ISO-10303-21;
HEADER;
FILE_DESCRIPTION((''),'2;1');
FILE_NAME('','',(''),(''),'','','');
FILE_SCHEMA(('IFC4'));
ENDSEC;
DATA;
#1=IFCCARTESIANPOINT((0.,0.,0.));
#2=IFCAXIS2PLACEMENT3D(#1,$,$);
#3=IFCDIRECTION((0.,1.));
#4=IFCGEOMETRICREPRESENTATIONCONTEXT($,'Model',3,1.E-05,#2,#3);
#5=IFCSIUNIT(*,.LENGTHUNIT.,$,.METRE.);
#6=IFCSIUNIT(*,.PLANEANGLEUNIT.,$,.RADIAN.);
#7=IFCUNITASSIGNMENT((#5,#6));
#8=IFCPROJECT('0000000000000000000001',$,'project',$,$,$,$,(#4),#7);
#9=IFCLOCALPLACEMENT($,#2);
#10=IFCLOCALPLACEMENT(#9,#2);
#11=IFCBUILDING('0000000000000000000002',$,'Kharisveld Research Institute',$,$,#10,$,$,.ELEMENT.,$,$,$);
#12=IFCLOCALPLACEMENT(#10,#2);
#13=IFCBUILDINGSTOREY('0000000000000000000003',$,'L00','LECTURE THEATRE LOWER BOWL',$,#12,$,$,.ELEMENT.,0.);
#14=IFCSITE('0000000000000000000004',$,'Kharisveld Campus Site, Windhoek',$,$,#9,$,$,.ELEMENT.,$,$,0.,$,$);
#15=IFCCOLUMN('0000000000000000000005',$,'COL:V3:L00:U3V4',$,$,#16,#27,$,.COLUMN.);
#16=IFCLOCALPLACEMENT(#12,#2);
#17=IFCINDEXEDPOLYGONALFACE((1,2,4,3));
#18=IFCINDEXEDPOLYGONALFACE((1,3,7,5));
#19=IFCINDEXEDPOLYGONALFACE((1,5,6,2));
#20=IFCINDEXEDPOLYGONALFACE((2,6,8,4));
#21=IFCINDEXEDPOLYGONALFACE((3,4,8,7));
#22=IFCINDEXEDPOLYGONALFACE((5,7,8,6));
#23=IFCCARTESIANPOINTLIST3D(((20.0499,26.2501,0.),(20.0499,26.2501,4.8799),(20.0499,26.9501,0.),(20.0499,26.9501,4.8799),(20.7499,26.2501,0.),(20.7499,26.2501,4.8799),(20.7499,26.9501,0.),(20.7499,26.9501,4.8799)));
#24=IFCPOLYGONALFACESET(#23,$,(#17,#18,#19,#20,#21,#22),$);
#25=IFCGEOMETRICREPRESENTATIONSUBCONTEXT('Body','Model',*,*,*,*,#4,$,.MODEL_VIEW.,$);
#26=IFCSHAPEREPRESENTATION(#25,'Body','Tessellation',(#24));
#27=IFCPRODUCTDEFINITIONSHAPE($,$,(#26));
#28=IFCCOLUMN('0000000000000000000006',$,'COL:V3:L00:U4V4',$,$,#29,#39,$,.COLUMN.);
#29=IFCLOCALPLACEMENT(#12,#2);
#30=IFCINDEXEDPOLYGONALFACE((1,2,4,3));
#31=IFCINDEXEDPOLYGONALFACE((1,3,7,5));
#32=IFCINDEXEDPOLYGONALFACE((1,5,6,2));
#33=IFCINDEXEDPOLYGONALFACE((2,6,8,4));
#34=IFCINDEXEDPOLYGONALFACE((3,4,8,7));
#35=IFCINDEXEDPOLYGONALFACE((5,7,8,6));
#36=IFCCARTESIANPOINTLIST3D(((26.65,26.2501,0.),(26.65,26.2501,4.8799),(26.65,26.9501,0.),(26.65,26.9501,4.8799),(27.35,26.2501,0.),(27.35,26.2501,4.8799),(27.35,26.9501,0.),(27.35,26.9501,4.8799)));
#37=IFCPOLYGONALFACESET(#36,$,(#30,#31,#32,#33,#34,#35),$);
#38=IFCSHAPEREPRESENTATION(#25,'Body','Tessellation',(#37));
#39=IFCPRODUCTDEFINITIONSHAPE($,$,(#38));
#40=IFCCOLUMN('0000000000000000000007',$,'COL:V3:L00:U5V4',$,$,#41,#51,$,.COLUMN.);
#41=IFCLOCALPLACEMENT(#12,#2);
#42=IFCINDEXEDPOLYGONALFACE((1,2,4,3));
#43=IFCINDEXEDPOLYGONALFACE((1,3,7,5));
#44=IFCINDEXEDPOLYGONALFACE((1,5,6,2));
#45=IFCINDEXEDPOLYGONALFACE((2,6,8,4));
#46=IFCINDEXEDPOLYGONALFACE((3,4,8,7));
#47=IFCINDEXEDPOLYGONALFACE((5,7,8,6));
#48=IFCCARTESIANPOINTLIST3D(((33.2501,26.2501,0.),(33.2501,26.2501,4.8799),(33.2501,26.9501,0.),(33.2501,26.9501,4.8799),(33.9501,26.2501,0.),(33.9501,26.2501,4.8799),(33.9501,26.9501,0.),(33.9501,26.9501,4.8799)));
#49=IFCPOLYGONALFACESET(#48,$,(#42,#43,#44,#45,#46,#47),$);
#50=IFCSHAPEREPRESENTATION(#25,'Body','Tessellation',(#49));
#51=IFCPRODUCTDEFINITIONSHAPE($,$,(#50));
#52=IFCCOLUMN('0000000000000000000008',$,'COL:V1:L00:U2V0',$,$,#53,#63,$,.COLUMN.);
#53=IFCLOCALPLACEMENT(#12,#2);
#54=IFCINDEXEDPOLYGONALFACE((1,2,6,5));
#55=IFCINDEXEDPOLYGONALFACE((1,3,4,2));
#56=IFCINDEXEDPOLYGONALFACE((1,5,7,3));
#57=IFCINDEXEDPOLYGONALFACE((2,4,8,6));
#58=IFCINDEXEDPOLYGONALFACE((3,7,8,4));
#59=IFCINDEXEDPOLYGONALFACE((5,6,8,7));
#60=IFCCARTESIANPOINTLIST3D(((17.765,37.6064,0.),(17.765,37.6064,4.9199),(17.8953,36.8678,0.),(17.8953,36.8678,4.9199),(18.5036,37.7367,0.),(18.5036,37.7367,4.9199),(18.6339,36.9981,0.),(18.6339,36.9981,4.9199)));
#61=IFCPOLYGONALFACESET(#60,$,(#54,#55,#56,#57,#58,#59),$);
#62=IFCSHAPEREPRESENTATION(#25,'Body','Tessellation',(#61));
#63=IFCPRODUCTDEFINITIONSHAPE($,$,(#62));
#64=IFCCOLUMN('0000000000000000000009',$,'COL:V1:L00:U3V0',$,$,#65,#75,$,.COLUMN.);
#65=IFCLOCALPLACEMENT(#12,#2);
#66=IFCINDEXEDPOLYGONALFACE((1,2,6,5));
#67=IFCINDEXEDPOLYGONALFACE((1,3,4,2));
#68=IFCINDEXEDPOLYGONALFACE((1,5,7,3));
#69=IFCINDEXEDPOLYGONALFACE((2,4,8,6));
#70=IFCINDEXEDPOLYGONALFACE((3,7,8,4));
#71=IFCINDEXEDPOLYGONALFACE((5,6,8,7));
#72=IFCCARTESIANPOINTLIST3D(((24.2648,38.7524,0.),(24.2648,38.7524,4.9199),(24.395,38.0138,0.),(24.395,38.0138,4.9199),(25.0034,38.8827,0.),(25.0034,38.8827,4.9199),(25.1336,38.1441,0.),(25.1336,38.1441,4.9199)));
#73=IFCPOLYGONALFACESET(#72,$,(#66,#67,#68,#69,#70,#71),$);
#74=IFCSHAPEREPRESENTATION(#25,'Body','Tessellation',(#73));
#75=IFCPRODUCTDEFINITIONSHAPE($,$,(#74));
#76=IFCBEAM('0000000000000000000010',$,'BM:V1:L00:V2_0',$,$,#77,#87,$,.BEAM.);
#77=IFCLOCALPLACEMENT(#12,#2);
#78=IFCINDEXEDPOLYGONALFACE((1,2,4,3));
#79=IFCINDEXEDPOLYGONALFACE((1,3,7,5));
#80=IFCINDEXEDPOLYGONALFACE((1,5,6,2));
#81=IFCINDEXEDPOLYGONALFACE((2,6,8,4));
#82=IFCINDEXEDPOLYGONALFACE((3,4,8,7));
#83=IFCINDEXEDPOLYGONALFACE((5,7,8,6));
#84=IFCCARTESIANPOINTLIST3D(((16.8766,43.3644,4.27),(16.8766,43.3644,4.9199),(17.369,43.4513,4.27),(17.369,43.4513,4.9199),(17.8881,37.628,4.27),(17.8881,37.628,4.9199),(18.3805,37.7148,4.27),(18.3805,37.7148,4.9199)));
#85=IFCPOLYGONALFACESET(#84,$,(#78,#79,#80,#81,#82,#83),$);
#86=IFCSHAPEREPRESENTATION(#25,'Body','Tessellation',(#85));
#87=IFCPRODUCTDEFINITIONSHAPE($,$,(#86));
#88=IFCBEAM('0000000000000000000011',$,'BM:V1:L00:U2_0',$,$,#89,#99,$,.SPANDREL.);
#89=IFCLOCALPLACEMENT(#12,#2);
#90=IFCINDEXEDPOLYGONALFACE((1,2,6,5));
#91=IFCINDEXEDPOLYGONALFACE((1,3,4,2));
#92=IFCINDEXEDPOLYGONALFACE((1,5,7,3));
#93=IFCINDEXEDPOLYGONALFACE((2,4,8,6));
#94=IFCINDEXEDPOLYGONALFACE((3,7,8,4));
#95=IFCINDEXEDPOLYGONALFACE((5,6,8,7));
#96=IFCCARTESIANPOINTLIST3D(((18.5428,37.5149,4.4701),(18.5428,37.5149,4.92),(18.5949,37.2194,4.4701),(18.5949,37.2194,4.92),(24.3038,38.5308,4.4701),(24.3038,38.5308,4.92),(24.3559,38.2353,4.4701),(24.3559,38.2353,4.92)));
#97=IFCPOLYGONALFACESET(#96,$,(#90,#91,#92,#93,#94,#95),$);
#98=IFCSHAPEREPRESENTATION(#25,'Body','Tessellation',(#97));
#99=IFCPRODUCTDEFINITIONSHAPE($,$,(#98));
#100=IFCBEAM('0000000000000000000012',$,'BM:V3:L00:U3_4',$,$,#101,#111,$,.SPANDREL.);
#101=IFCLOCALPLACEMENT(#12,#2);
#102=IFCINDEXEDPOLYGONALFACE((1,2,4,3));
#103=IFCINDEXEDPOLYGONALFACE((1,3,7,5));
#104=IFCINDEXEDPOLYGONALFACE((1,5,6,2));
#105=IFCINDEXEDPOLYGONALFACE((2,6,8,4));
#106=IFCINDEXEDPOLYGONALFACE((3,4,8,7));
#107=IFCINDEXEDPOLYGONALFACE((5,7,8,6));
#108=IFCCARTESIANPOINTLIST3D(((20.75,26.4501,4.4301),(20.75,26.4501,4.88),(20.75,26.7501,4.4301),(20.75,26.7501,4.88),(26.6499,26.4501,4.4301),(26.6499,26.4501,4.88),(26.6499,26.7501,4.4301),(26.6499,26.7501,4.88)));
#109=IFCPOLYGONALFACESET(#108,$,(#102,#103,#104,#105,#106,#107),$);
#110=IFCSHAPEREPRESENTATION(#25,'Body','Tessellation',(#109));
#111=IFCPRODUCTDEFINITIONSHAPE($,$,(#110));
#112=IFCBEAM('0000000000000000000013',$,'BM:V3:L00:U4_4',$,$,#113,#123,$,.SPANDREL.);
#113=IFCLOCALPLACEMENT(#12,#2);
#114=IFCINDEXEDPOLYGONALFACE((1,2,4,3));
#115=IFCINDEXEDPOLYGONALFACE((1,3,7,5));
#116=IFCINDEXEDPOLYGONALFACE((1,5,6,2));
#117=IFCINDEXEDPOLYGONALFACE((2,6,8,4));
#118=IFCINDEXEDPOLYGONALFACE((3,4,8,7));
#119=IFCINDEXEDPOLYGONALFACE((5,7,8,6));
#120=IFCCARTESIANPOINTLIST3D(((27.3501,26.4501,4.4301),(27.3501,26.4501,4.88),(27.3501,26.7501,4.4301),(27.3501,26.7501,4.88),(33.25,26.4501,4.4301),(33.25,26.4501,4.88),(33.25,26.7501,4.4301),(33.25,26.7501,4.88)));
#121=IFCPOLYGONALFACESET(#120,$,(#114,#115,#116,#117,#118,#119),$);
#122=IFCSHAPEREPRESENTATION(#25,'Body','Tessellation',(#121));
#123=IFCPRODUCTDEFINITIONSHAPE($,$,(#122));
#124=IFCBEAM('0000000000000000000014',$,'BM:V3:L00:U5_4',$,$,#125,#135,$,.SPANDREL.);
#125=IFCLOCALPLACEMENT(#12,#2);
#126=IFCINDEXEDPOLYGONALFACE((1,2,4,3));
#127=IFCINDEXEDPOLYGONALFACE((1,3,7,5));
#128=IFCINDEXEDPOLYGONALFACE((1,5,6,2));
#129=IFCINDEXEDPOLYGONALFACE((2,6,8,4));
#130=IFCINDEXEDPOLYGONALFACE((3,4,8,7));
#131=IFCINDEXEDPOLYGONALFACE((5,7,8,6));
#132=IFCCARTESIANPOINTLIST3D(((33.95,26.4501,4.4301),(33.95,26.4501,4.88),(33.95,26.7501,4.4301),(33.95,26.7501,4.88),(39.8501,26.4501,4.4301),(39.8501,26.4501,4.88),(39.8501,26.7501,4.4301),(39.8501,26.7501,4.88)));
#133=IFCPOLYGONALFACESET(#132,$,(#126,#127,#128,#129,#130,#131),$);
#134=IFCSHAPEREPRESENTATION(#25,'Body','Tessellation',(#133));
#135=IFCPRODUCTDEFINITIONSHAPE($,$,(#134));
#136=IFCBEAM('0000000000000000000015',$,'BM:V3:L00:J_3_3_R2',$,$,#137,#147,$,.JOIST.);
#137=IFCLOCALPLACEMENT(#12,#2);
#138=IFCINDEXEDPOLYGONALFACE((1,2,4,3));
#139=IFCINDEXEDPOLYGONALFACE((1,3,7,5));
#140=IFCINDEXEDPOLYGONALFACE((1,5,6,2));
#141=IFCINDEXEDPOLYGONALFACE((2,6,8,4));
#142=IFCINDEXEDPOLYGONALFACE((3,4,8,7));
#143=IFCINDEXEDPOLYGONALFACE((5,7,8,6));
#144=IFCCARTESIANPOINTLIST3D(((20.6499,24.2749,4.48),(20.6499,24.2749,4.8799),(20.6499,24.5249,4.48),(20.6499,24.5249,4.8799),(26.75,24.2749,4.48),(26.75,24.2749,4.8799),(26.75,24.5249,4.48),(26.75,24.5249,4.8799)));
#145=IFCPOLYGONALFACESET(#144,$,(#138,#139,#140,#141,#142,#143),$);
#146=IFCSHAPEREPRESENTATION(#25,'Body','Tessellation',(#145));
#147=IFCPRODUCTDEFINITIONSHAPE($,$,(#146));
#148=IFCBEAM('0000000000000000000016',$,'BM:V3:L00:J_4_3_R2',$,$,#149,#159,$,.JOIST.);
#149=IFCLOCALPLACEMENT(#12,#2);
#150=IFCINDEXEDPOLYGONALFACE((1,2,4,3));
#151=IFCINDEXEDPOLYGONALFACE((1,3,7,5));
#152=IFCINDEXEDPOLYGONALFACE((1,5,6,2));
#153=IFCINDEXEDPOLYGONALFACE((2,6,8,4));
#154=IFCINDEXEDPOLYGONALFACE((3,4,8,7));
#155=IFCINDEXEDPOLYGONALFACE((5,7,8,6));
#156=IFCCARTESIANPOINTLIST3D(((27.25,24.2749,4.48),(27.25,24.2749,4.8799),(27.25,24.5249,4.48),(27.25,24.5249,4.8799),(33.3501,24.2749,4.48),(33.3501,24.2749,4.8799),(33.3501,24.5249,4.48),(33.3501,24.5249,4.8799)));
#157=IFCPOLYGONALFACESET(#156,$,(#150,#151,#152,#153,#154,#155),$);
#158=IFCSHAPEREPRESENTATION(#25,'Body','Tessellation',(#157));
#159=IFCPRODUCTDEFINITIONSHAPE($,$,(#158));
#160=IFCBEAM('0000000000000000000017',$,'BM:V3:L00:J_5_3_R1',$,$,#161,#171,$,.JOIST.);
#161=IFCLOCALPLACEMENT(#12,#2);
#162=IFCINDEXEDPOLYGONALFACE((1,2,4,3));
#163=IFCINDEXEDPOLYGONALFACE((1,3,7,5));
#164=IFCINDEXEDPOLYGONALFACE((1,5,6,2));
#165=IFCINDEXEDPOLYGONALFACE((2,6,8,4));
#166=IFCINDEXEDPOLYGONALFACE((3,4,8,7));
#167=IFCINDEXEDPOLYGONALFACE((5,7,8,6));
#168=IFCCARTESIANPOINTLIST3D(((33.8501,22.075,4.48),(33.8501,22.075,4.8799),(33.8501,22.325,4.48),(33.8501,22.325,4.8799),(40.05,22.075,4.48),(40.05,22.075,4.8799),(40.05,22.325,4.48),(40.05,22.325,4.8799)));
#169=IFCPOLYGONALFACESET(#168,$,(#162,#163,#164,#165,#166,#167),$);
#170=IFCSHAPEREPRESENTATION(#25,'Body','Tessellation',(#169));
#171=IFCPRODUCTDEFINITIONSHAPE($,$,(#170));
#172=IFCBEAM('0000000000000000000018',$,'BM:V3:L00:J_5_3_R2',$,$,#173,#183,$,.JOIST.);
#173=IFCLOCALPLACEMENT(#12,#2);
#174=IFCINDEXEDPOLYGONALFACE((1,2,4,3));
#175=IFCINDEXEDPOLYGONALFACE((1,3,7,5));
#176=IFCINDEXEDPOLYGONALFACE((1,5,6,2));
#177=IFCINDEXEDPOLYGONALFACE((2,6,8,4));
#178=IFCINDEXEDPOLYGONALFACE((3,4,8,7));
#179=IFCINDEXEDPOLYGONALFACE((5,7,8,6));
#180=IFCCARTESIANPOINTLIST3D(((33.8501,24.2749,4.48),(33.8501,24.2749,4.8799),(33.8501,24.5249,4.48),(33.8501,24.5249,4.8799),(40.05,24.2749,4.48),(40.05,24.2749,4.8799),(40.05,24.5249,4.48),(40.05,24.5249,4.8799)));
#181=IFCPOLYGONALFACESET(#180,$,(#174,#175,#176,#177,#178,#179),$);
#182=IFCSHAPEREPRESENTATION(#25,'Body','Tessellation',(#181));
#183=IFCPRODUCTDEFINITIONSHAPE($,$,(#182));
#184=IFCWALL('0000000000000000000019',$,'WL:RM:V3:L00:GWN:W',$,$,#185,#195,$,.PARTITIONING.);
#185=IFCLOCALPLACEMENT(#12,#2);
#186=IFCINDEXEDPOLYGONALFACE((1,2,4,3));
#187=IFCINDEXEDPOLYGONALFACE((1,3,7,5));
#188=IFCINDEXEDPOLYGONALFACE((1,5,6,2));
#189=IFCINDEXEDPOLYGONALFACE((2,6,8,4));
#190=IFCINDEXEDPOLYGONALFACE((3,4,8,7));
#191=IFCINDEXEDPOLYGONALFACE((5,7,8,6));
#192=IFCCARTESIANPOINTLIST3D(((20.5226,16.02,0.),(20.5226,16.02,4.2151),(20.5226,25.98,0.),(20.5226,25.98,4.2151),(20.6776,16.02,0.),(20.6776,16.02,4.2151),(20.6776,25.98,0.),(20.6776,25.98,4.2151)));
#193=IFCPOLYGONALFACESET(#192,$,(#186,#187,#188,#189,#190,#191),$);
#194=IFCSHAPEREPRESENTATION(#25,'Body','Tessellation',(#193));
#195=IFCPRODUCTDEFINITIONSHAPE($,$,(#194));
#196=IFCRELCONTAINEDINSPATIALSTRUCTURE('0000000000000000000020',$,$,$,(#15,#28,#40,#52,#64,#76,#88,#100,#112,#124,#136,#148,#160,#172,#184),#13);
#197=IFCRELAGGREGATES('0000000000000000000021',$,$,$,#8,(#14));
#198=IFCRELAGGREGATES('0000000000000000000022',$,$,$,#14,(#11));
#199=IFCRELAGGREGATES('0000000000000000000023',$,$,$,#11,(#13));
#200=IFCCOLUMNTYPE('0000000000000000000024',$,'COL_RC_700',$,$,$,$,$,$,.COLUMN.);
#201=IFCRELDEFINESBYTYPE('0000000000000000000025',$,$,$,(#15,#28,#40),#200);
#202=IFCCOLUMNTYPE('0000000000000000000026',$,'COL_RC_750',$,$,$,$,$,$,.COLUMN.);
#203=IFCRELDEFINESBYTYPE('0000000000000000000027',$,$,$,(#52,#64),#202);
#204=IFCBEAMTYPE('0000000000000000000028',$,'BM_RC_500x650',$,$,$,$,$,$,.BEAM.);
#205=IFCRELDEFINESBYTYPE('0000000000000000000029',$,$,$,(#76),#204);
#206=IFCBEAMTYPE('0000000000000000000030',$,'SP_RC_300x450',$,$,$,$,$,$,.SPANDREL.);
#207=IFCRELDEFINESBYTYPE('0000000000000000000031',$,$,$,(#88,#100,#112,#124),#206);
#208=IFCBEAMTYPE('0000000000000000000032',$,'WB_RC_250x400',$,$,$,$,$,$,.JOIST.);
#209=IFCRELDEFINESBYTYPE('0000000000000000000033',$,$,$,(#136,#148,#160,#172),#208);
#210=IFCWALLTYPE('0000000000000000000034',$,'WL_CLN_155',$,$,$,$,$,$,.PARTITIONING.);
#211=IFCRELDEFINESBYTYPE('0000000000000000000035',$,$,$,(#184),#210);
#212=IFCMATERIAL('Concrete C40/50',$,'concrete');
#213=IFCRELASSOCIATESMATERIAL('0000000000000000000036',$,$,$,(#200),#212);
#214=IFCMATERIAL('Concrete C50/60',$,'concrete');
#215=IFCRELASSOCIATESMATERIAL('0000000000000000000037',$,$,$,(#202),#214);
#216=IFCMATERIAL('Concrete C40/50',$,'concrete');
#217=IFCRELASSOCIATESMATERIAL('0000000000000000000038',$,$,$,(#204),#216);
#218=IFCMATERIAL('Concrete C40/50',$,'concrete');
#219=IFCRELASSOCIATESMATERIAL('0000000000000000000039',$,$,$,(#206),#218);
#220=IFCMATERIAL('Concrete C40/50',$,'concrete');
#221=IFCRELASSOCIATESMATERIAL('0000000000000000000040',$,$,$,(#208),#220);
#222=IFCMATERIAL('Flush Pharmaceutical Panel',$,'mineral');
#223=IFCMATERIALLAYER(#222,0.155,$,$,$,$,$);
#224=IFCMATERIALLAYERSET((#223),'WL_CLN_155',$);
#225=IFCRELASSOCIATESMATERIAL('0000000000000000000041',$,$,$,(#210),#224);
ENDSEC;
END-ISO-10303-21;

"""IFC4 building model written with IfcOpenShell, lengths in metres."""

from ifc_helpers import new_model, si_unit, direction, frame, frame_2d, origin, origin_2d, place, context, subcontext, project, spatial, rectangle, extrude, material, layer, layer_set, material_profile, profile_set, type_object, element, save


model = new_model("IFC4")

# Units and contexts
model_context = context("Model", 3, precision=1e-05, world=origin(), true_north=direction((0.0, 1.0)))
body_context = subcontext(model_context, "Body", "Model", "MODEL_VIEW")
ifc_project = project(units=[si_unit("LENGTHUNIT", "METRE"), si_unit("PLANEANGLEUNIT", "RADIAN")], contexts=[model_context])

# Site, building, storey
site_placement = place(None, origin())
site = spatial("IfcSite", under=ifc_project, at=site_placement, Name="Kharisveld Campus Site, Windhoek", CompositionType="ELEMENT", RefElevation=0.0)
building_placement = place(site_placement, origin())
building = spatial("IfcBuilding", under=site, at=building_placement, Name="Kharisveld Research Institute", CompositionType="ELEMENT")
storey_placement = place(building_placement, origin())
storey = spatial("IfcBuildingStorey", under=building, at=storey_placement, Name="L00", Description="LECTURE THEATRE LOWER BOWL", CompositionType="ELEMENT", Elevation=0.0)

# Columns
ifc_material_1 = material(Name="Concrete C40/50", Category="concrete")
ifc_material_profile_1 = material_profile(ifc_material_1, rectangle(XDim=0.7, YDim=0.7, at=origin_2d()))
ifc_profile_set_1 = profile_set([ifc_material_profile_1], Name="Concrete C40/50")
column_type_1 = type_object("IfcColumnType", Name="COL_RC_700", PredefinedType="COLUMN", material=ifc_profile_set_1)
for number, where, z_axis, x_axis, name in (
    (1, (20.3999, 26.6001, 0.0), (0.0, 0.0, 1.0), (1.0, 0.0, 0.0), "COL:V3:L00:U3V4"),
    (2, (27.0, 26.6001, 0.0), (0.0, 0.0, 1.0), (1.0, 0.0, 0.0), "COL:V3:L00:U4V4"),
    (3, (33.6001, 26.6001, 0.0), (0.0, 0.0, 1.0), (1.0, 0.0, 0.0), "COL:V3:L00:U5V4"),
):
    element("IfcColumn", number, at=place(storey_placement, frame(where, z_axis=z_axis, x_axis=x_axis)), inside=storey, type_object=column_type_1, Name=name, PredefinedType="COLUMN", context=body_context, shape_type="SweptSolid", body=[
        extrude(rectangle(XDim=0.7, YDim=0.7, at=origin_2d()), origin(), (0.0, 0.0, 1.0), 4.8799),
    ])
ifc_material_2 = material(Name="Concrete C50/60", Category="concrete")
ifc_material_profile_2 = material_profile(ifc_material_2, rectangle(XDim=0.75, YDim=0.75, at=origin_2d()))
ifc_profile_set_2 = profile_set([ifc_material_profile_2], Name="Concrete C50/60")
column_type_2 = type_object("IfcColumnType", Name="COL_RC_750", PredefinedType="COLUMN", material=ifc_profile_set_2)
for number, where, z_axis, x_axis, name in (
    (4, (18.1995, 37.3022, 0.0), (0.0, 0.0, 1.0), (0.984808, 0.173648, 0.0), "COL:V1:L00:U2V0"),
    (5, (24.6992, 38.4482, 0.0), (0.0, 0.0, 1.0), (0.984808, 0.173648, 0.0), "COL:V1:L00:U3V0"),
):
    element("IfcColumn", number, at=place(storey_placement, frame(where, z_axis=z_axis, x_axis=x_axis)), inside=storey, type_object=column_type_2, Name=name, PredefinedType="COLUMN", context=body_context, shape_type="SweptSolid", body=[
        extrude(rectangle(XDim=0.75, YDim=0.75, at=origin_2d()), origin(), (0.0, 0.0, 1.0), 4.9199),
    ])

# Beams
ifc_material_3 = material(Name="Concrete C40/50", Category="concrete")
ifc_material_profile_3 = material_profile(ifc_material_3, rectangle(XDim=0.5, YDim=0.6499, at=origin_2d()))
ifc_profile_set_3 = profile_set([ifc_material_profile_3], Name="Concrete C40/50")
beam_type_1 = type_object("IfcBeamType", Name="BM_RC_500x650", PredefinedType="BEAM", material=ifc_profile_set_3)
beam_1_placement = place(storey_placement, frame((18.1343, 37.6714, 4.595), z_axis=(-0.173642, 0.984809, 0.0), x_axis=(-0.984809, -0.173642, 0.0)))
element("IfcBeam", 6, at=beam_1_placement, inside=storey, type_object=beam_type_1, Name="BM:V1:L00:V2_0", PredefinedType="BEAM", context=body_context, shape_type="SweptSolid", body=[
    extrude(rectangle(XDim=0.5, YDim=0.6499, at=origin_2d()), origin(), (0.0, 0.0, 1.0), 5.825),
])
ifc_material_4 = material(Name="Concrete C40/50", Category="concrete")
ifc_material_profile_4 = material_profile(ifc_material_4, rectangle(XDim=0.3, YDim=0.45, at=origin_2d()))
ifc_profile_set_4 = profile_set([ifc_material_profile_4], Name="Concrete C40/50")
beam_type_2 = type_object("IfcBeamType", Name="SP_RC_300x450", PredefinedType="SPANDREL", material=ifc_profile_set_4)
beam_2_placement = place(storey_placement, frame((18.5688, 37.3672, 4.6951), z_axis=(0.984806, 0.173657, 0.0), x_axis=(-0.173657, 0.984806, 0.0)))
element("IfcBeam", 7, at=beam_2_placement, inside=storey, type_object=beam_type_2, Name="BM:V1:L00:U2_0", PredefinedType="SPANDREL", context=body_context, shape_type="SweptSolid", body=[
    extrude(rectangle(XDim=0.3, YDim=0.45, at=origin_2d()), origin(), (0.0, 0.0, 1.0), 5.8499),
])
for number, where, z_axis, x_axis, name in (
    (8, (20.75, 26.6001, 4.655), (1.0, 0.0, 0.0), (0.0, 1.0, 0.0), "BM:V3:L00:U3_4"),
    (9, (27.3501, 26.6001, 4.655), (1.0, 0.0, 0.0), (0.0, 1.0, 0.0), "BM:V3:L00:U4_4"),
):
    element("IfcBeam", number, at=place(storey_placement, frame(where, z_axis=z_axis, x_axis=x_axis)), inside=storey, type_object=beam_type_2, Name=name, PredefinedType="SPANDREL", context=body_context, shape_type="SweptSolid", body=[
        extrude(rectangle(XDim=0.3, YDim=0.45, at=origin_2d()), origin(), (0.0, 0.0, 1.0), 5.8999),
    ])
beam_3_placement = place(storey_placement, frame((33.95, 26.6001, 4.655), z_axis=(1.0, 0.0, 0.0), x_axis=(0.0, 1.0, 0.0)))
element("IfcBeam", 10, at=beam_3_placement, inside=storey, type_object=beam_type_2, Name="BM:V3:L00:U5_4", PredefinedType="SPANDREL", context=body_context, shape_type="SweptSolid", body=[
    extrude(rectangle(XDim=0.3, YDim=0.45, at=origin_2d()), origin(), (0.0, 0.0, 1.0), 5.9001),
])
ifc_material_5 = material(Name="Concrete C40/50", Category="concrete")
ifc_material_profile_5 = material_profile(ifc_material_5, rectangle(XDim=0.25, YDim=0.3999, at=origin_2d()))
ifc_profile_set_5 = profile_set([ifc_material_profile_5], Name="Concrete C40/50")
beam_type_3 = type_object("IfcBeamType", Name="WB_RC_250x400", PredefinedType="JOIST", material=ifc_profile_set_5)
for number, where, z_axis, x_axis, name in (
    (11, (20.6499, 24.3999, 4.6799), (1.0, 0.0, 0.0), (0.0, 1.0, 0.0), "BM:V3:L00:J_3_3_R2"),
    (12, (27.25, 24.3999, 4.6799), (1.0, 0.0, 0.0), (0.0, 1.0, 0.0), "BM:V3:L00:J_4_3_R2"),
):
    element("IfcBeam", number, at=place(storey_placement, frame(where, z_axis=z_axis, x_axis=x_axis)), inside=storey, type_object=beam_type_3, Name=name, PredefinedType="JOIST", context=body_context, shape_type="SweptSolid", body=[
        extrude(rectangle(XDim=0.25, YDim=0.3999, at=origin_2d()), origin(), (0.0, 0.0, 1.0), 6.1001),
    ])
for number, where, z_axis, x_axis, name in (
    (13, (33.8501, 22.2, 4.6799), (1.0, 0.0, 0.0), (0.0, 1.0, 0.0), "BM:V3:L00:J_5_3_R1"),
    (14, (33.8501, 24.3999, 4.6799), (1.0, 0.0, 0.0), (0.0, 1.0, 0.0), "BM:V3:L00:J_5_3_R2"),
):
    element("IfcBeam", number, at=place(storey_placement, frame(where, z_axis=z_axis, x_axis=x_axis)), inside=storey, type_object=beam_type_3, Name=name, PredefinedType="JOIST", context=body_context, shape_type="SweptSolid", body=[
        extrude(rectangle(XDim=0.25, YDim=0.3999, at=origin_2d()), origin(), (0.0, 0.0, 1.0), 6.2),
    ])

# Wall
ifc_material_6 = material(Name="Flush Pharmaceutical Panel", Category="mineral")
ifc_layer_1 = layer(ifc_material_6, 0.155)
ifc_layer_set_1 = layer_set([ifc_layer_1], Name="WL_CLN_155")
wall_type_1 = type_object("IfcWallType", Name="WL_CLN_155", PredefinedType="PARTITIONING", material=ifc_layer_set_1)
for number, where, z_axis, x_axis, name in (
    (15, (20.6001, 25.98, 0.0), (0.0, 0.0, 1.0), (0.0, -1.0, 0.0), "WL:RM:V3:L00:GWN:W"),
):
    element("IfcWall", number, at=place(storey_placement, frame(where, z_axis=z_axis, x_axis=x_axis)), inside=storey, type_object=wall_type_1, Name=name, PredefinedType="PARTITIONING", context=body_context, shape_type="SweptSolid", body=[
        extrude(rectangle(XDim=9.96, YDim=0.155, at=frame_2d((4.98, 0.0))), origin(), (0.0, 0.0, 1.0), 4.2151),
    ])

save(model, "model.ifc")
